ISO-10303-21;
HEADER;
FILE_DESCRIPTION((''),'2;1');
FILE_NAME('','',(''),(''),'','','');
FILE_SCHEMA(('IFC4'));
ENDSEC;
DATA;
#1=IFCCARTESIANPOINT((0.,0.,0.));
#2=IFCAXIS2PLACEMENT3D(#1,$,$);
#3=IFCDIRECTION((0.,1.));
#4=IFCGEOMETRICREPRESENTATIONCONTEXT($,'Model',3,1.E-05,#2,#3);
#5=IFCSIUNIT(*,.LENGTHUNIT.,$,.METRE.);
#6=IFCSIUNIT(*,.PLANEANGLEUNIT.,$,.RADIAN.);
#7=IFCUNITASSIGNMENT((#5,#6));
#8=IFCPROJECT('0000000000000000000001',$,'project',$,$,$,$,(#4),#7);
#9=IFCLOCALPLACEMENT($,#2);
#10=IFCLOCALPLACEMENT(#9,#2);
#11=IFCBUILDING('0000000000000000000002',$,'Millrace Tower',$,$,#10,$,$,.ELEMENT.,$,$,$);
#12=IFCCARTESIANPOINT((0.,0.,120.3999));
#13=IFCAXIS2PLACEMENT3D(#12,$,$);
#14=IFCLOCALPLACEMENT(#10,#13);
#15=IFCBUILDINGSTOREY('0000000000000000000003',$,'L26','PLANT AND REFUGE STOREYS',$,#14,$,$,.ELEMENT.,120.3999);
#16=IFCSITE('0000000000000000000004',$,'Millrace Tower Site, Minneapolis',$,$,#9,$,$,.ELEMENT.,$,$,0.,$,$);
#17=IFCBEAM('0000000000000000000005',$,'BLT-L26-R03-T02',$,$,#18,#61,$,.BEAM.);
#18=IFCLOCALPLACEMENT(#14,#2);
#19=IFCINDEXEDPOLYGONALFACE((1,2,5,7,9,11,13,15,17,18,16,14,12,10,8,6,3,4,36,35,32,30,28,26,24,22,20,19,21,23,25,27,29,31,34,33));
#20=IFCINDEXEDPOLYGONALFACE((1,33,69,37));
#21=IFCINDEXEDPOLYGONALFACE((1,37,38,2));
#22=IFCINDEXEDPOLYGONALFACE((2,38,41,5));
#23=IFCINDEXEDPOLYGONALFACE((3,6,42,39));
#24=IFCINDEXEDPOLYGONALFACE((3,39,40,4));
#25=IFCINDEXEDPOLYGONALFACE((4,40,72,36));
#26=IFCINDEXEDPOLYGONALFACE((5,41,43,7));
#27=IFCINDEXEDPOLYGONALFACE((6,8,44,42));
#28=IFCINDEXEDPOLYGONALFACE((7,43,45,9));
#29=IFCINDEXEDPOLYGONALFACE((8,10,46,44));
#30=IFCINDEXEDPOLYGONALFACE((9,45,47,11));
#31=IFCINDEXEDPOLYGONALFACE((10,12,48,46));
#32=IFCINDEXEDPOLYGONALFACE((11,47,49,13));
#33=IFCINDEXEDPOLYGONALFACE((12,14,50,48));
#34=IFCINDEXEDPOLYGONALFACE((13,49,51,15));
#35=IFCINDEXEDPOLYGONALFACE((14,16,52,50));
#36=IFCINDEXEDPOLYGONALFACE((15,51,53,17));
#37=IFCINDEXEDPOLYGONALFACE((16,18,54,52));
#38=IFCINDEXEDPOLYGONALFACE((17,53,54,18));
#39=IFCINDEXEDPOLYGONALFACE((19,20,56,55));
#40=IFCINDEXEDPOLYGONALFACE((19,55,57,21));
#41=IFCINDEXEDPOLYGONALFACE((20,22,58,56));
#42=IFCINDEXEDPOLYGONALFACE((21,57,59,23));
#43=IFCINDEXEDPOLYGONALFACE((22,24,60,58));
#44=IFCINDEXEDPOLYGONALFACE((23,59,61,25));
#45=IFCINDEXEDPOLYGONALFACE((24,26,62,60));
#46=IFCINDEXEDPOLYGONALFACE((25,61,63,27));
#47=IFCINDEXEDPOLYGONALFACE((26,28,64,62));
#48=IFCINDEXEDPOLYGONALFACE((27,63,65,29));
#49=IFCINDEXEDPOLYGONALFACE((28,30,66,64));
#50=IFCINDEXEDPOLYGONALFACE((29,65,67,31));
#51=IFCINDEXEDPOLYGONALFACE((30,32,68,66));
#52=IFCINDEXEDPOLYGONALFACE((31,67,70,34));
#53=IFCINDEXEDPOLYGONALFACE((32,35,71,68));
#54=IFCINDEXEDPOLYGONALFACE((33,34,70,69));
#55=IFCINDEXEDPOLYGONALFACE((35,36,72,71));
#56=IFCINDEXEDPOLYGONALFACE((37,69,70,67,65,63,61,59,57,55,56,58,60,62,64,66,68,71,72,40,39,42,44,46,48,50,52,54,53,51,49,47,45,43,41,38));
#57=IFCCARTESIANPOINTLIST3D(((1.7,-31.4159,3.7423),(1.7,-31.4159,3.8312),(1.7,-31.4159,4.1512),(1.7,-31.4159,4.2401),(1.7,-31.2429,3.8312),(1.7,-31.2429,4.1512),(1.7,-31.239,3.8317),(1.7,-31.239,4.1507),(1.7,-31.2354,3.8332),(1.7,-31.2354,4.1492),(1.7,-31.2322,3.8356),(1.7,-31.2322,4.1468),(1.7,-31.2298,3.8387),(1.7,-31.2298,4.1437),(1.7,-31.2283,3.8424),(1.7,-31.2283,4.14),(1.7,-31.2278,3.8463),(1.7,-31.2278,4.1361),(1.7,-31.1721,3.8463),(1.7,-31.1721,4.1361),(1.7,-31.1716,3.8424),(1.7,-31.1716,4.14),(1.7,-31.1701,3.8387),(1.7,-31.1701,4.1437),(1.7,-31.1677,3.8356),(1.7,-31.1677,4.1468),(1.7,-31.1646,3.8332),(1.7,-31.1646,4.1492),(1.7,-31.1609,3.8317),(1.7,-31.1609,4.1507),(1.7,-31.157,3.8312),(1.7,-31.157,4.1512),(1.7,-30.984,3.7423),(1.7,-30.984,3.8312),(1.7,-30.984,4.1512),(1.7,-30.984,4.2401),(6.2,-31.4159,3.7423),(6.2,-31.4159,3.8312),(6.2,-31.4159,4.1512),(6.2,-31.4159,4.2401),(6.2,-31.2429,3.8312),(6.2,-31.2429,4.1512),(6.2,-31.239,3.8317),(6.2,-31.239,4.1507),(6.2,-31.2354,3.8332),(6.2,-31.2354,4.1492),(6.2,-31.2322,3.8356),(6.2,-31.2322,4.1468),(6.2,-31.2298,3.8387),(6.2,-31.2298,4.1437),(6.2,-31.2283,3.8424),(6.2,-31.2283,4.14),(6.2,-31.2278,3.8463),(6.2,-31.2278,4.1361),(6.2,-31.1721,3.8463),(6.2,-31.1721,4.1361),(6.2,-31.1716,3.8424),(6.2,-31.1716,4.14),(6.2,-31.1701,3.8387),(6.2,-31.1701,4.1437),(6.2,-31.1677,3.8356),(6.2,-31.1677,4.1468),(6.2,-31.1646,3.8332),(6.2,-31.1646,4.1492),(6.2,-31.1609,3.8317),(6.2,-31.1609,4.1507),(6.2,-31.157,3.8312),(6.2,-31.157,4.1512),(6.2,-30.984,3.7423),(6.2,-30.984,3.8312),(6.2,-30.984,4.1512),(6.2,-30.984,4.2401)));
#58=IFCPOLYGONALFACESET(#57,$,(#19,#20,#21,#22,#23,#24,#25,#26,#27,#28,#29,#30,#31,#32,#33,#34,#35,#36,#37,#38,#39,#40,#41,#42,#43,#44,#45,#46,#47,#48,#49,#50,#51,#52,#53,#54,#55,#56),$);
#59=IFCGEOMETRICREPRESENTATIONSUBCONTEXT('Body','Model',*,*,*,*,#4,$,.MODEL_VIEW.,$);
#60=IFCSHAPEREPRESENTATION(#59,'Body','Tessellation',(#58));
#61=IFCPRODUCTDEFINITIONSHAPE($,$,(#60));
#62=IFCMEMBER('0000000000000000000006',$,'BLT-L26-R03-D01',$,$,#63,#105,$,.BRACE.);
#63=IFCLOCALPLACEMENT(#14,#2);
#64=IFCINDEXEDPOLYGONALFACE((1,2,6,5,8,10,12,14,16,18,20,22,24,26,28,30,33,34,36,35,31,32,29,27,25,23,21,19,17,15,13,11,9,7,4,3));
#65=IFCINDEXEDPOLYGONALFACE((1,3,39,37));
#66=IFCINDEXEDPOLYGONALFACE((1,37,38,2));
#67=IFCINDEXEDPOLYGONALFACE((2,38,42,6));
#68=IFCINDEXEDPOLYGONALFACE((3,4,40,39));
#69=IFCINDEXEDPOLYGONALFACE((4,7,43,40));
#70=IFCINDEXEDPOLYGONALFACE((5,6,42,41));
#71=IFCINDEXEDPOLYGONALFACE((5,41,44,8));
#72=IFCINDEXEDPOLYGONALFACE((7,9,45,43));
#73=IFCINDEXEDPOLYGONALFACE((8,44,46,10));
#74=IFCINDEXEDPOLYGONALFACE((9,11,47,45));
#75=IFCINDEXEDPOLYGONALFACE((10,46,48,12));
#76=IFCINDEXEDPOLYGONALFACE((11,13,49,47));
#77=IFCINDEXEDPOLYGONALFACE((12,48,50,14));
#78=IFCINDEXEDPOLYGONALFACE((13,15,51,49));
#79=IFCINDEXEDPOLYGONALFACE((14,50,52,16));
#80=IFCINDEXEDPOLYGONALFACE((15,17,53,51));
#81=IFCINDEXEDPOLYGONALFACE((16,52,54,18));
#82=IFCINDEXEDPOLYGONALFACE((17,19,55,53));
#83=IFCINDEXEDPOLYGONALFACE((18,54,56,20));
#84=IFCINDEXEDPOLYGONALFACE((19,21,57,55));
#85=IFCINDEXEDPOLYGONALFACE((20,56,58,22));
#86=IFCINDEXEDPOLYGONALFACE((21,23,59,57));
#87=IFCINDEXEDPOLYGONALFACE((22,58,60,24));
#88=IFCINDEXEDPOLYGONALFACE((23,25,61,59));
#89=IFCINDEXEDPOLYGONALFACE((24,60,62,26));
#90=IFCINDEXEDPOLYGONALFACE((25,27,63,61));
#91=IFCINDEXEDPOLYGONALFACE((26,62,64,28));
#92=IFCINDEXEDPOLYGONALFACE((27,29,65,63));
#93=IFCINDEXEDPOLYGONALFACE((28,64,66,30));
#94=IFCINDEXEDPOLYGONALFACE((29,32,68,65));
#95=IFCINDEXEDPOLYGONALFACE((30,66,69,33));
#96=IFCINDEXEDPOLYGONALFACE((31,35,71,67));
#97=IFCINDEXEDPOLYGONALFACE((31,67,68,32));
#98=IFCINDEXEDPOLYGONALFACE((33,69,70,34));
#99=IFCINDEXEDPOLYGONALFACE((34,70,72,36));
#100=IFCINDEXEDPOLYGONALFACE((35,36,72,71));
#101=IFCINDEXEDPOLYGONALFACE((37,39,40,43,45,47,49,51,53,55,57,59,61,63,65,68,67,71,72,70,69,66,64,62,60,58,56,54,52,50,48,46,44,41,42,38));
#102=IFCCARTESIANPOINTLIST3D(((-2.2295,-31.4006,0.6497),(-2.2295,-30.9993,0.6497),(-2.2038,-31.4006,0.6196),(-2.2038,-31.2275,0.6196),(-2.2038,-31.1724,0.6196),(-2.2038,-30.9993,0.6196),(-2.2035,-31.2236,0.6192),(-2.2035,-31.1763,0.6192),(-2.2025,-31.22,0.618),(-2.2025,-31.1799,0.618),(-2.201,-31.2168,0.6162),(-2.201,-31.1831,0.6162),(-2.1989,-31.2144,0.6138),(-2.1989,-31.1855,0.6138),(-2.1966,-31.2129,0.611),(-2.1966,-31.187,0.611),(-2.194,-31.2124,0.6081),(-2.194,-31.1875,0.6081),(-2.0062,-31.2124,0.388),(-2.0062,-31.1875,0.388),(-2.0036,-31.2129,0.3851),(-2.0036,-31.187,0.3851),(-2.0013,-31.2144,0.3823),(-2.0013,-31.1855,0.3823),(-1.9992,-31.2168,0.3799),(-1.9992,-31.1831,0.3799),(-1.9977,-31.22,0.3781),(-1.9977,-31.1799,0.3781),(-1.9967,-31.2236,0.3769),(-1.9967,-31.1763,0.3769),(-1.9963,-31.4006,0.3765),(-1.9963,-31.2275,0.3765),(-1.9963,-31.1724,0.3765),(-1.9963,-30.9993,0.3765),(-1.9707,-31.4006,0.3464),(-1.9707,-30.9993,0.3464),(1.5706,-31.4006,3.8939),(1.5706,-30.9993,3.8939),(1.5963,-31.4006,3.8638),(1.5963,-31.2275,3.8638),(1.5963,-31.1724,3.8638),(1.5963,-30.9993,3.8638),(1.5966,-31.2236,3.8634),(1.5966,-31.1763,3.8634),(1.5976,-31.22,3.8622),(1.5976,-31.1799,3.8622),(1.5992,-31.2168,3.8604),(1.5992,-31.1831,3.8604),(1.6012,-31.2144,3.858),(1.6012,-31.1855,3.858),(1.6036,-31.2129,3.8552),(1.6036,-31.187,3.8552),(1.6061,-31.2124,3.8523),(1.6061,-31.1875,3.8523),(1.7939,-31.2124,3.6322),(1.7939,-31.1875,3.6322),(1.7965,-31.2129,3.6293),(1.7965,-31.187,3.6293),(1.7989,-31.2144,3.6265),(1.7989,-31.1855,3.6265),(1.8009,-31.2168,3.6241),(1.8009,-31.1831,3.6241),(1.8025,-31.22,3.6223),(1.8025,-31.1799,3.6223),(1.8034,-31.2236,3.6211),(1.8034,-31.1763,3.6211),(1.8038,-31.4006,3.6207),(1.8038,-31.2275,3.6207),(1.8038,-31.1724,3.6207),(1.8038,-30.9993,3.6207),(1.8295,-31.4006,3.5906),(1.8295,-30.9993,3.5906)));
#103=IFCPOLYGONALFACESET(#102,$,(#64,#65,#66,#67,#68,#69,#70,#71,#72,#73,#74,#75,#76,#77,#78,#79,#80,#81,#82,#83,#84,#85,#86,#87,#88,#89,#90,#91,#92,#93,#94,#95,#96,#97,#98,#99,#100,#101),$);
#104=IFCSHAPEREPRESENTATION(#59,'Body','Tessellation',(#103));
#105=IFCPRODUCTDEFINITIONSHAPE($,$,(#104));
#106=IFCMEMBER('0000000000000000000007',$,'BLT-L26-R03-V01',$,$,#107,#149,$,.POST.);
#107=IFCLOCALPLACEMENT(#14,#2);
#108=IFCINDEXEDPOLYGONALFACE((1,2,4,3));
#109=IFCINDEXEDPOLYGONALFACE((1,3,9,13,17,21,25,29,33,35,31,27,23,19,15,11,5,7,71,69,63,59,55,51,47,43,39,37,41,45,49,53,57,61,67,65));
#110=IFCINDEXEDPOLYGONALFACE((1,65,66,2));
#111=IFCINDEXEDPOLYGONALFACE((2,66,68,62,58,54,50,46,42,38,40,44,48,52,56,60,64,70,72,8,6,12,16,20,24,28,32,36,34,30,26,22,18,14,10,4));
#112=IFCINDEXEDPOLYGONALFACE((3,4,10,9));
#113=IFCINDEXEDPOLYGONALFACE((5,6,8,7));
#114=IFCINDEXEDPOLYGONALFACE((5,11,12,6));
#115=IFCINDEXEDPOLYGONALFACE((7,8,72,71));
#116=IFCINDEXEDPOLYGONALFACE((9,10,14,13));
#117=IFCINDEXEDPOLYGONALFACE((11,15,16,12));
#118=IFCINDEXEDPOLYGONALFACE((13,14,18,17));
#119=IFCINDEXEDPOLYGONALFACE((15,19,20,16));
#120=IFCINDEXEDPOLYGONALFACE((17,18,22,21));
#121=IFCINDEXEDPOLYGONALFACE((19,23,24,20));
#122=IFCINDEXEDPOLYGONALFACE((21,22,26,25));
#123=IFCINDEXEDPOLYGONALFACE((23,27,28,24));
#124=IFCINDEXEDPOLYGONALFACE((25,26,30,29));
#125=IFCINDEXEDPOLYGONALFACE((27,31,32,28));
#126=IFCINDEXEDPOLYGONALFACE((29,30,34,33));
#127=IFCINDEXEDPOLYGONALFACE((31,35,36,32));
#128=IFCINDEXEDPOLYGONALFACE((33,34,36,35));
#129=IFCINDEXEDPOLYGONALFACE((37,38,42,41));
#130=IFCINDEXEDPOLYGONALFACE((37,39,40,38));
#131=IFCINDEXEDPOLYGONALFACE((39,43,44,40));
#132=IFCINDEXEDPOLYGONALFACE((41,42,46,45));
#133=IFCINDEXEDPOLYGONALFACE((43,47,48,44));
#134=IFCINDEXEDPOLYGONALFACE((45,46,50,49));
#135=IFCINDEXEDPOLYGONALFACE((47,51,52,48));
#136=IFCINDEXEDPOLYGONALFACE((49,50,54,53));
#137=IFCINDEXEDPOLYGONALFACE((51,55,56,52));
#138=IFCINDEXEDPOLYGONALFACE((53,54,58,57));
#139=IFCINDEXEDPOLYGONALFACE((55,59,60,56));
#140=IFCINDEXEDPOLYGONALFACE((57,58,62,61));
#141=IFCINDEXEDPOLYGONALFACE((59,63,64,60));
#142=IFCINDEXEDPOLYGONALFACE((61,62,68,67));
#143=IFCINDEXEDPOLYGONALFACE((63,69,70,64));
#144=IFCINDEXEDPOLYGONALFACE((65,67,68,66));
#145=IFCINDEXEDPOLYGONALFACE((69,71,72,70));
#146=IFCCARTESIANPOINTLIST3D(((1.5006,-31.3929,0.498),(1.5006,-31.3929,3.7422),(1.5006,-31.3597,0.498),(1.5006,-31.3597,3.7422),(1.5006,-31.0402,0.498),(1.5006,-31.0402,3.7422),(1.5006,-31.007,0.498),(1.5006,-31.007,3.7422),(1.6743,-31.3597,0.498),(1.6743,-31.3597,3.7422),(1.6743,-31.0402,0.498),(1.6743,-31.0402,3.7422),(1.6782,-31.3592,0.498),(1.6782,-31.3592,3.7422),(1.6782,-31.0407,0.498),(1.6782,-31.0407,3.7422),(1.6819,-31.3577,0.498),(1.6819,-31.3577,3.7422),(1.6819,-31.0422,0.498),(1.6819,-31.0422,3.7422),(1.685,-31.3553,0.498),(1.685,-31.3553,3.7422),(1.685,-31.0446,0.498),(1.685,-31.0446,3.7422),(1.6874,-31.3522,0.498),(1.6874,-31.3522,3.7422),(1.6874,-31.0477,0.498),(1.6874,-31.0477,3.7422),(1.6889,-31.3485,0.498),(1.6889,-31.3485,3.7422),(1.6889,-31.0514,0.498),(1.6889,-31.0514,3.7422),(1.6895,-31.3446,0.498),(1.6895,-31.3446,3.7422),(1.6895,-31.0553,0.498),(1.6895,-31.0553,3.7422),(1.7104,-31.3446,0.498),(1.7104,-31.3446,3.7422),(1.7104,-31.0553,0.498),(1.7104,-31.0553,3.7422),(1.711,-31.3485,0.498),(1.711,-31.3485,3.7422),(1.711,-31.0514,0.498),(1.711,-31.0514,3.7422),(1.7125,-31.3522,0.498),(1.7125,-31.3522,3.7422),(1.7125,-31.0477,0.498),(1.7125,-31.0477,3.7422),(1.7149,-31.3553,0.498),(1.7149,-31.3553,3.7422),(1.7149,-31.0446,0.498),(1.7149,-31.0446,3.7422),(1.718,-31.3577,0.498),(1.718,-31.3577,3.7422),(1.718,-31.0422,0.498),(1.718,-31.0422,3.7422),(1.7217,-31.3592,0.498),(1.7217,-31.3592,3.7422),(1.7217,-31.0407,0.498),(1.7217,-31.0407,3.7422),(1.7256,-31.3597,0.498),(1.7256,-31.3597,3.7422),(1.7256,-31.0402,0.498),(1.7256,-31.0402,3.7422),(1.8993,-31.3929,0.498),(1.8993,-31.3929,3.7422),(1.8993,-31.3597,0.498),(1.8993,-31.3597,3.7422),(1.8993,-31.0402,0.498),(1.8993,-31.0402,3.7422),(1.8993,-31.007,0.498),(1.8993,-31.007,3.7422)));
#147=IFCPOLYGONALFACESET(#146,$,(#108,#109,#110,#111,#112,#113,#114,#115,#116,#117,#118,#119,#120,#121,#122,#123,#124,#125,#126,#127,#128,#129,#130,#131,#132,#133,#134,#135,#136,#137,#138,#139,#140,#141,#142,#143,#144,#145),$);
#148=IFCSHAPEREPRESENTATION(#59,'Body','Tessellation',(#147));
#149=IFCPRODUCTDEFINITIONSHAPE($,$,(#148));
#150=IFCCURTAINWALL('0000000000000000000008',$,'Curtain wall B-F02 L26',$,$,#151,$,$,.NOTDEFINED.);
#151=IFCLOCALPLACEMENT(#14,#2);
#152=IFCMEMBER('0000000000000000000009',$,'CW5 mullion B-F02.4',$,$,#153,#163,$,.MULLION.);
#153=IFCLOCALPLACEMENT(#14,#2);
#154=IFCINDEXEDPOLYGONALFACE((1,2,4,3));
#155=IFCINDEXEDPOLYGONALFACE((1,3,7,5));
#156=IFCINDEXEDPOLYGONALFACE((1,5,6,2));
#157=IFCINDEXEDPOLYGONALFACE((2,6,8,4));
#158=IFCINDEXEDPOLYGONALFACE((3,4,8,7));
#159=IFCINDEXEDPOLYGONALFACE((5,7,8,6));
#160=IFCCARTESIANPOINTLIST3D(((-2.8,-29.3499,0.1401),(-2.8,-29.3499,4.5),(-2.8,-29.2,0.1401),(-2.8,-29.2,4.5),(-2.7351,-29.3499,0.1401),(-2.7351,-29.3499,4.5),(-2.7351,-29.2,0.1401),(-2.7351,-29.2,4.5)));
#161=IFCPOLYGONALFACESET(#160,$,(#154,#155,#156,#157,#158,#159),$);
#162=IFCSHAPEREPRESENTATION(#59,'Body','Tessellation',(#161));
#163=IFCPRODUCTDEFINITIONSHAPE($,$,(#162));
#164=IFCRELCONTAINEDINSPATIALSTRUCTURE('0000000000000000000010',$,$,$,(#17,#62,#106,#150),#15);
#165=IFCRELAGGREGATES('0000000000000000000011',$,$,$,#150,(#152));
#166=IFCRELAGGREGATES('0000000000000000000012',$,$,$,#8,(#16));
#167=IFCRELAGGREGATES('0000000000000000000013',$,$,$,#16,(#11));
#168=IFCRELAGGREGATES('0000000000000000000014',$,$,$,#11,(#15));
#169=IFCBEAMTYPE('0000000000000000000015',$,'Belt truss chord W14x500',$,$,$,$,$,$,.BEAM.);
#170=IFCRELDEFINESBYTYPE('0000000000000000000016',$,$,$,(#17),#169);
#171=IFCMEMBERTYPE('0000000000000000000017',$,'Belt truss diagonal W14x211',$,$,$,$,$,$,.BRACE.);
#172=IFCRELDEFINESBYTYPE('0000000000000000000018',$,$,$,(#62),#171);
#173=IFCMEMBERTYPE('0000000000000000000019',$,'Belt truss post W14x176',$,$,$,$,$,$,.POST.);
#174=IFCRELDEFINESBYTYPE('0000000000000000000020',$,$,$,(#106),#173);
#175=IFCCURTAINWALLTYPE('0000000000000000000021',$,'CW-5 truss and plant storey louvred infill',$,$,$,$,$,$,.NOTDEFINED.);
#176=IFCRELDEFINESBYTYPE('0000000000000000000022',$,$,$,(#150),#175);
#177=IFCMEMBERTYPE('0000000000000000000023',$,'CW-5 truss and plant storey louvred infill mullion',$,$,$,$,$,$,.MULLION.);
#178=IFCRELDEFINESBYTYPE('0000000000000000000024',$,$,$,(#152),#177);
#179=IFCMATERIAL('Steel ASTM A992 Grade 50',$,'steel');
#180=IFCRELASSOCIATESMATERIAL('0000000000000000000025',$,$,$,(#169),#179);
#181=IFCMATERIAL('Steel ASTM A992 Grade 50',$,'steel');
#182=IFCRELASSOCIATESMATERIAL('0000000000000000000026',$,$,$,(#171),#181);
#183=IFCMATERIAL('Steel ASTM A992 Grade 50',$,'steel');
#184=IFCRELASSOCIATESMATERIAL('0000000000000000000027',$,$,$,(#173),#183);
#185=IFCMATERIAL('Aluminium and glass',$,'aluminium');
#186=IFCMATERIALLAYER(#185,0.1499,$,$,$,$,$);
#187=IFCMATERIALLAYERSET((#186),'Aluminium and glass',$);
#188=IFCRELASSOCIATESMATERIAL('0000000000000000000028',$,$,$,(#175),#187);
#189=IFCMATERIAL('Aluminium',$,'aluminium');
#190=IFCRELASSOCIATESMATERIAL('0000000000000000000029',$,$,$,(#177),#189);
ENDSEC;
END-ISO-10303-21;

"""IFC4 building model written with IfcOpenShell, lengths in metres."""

from ifc_helpers import new_model, si_unit, direction, frame, origin, origin_2d, place, context, subcontext, project, spatial, rectangle, i_section, extrude, material, layer, layer_set, material_profile, profile_set, type_object, element, aggregate, save


model = new_model("IFC4")

# Units and contexts
model_context = context("Model", 3, precision=1e-05, world=origin(), true_north=direction((0.0, 1.0)))
body_context = subcontext(model_context, "Body", "Model", "MODEL_VIEW")
ifc_project = project(units=[si_unit("LENGTHUNIT", "METRE"), si_unit("PLANEANGLEUNIT", "RADIAN")], contexts=[model_context])

# Site, building, storey
site_placement = place(None, origin())
site = spatial("IfcSite", under=ifc_project, at=site_placement, Name="Millrace Tower Site, Minneapolis", CompositionType="ELEMENT", RefElevation=0.0)
building_placement = place(site_placement, origin())
building = spatial("IfcBuilding", under=site, at=building_placement, Name="Millrace Tower", CompositionType="ELEMENT")
storey_placement = place(building_placement, frame((0.0, 0.0, 120.3999)))
storey = spatial("IfcBuildingStorey", under=building, at=storey_placement, Name="L26", Description="PLANT AND REFUGE STOREYS", CompositionType="ELEMENT", Elevation=120.3999)

# Beam
ifc_material_1 = material(Name="Steel ASTM A992 Grade 50", Category="steel")
ifc_material_profile_1 = material_profile(ifc_material_1, i_section(OverallWidth=0.4319, OverallDepth=0.4978, WebThickness=0.0557, FlangeThickness=0.0889, FilletRadius=0.0151, at=origin_2d()))
ifc_profile_set_1 = profile_set([ifc_material_profile_1], Name="Steel ASTM A992 Grade 50")
beam_type_1 = type_object("IfcBeamType", Name="Belt truss chord W14x500", PredefinedType="BEAM", material=ifc_profile_set_1)
for number, where, z_axis, x_axis, name in (
    (1, (1.7, -31.2, 3.9912), (1.0, 0.0, 0.0), (0.0, 1.0, 0.0), "BLT-L26-R03-T02"),
):
    element("IfcBeam", number, at=place(storey_placement, frame(where, z_axis=z_axis, x_axis=x_axis)), inside=storey, type_object=beam_type_1, Name=name, PredefinedType="BEAM", context=body_context, shape_type="SweptSolid", body=[
        extrude(i_section(OverallWidth=0.4319, OverallDepth=0.4978, WebThickness=0.0557, FlangeThickness=0.0889, FilletRadius=0.0151, at=origin_2d()), origin(), (0.0, 0.0, 1.0), 4.5),
    ])

# Members
ifc_material_2 = material(Name="Steel ASTM A992 Grade 50", Category="steel")
ifc_material_profile_2 = material_profile(ifc_material_2, i_section(OverallWidth=0.4014, OverallDepth=0.3987, WebThickness=0.0249, FlangeThickness=0.0396, FilletRadius=0.0151, at=origin_2d()))
ifc_profile_set_2 = profile_set([ifc_material_profile_2], Name="Steel ASTM A992 Grade 50")
member_type_1 = type_object("IfcMemberType", Name="Belt truss diagonal W14x211", PredefinedType="BRACE", material=ifc_profile_set_2)
member_1_placement = place(storey_placement, frame((-2.1001, -31.2, 0.498), z_axis=(0.760545, 0.0, 0.649285), x_axis=(0.0, 1.0, 0.0)))
element("IfcMember", 2, at=member_1_placement, inside=storey, type_object=member_type_1, Name="BLT-L26-R03-D01", PredefinedType="BRACE", context=body_context, shape_type="SweptSolid", body=[
    extrude(i_section(OverallWidth=0.4014, OverallDepth=0.3987, WebThickness=0.0249, FlangeThickness=0.0396, FilletRadius=0.0151, at=origin_2d()), origin(), (0.0, 0.0, 1.0), 4.9966),
])
ifc_material_3 = material(Name="Steel ASTM A992 Grade 50", Category="steel")
ifc_material_profile_3 = material_profile(ifc_material_3, i_section(OverallWidth=0.3987, OverallDepth=0.386, WebThickness=0.021, FlangeThickness=0.0332, FilletRadius=0.0151, at=origin_2d()))
ifc_profile_set_3 = profile_set([ifc_material_profile_3], Name="Steel ASTM A992 Grade 50")
member_type_2 = type_object("IfcMemberType", Name="Belt truss post W14x176", PredefinedType="POST", material=ifc_profile_set_3)
member_2_placement = place(storey_placement, frame((1.7, -31.2, 0.498), z_axis=(0.0, 0.0, 1.0), x_axis=(1.0, 0.0, 0.0)))
element("IfcMember", 3, at=member_2_placement, inside=storey, type_object=member_type_2, Name="BLT-L26-R03-V01", PredefinedType="POST", context=body_context, shape_type="SweptSolid", body=[
    extrude(i_section(OverallWidth=0.3987, OverallDepth=0.386, WebThickness=0.021, FlangeThickness=0.0332, FilletRadius=0.0151, at=origin_2d()), origin(), (0.0, 0.0, 1.0), 3.2441),
])

# Curtain wall, member
ifc_material_4 = material(Name="Aluminium and glass", Category="aluminium")
ifc_layer_1 = layer(ifc_material_4, 0.1499)
ifc_layer_set_1 = layer_set([ifc_layer_1], Name="Aluminium and glass")
curtain_wall_type = type_object("IfcCurtainWallType", Name="CW-5 truss and plant storey louvred infill", PredefinedType="NOTDEFINED", material=ifc_layer_set_1)
curtain_wall_placement = place(storey_placement, origin())
curtain_wall = element("IfcCurtainWall", 4, at=curtain_wall_placement, inside=storey, type_object=curtain_wall_type, Name="Curtain wall B-F02 L26", PredefinedType="NOTDEFINED")
ifc_material_5 = material(Name="Aluminium", Category="aluminium")
ifc_material_profile_4 = material_profile(ifc_material_5, rectangle(XDim=0.0649, YDim=0.1499, at=origin_2d()))
ifc_profile_set_4 = profile_set([ifc_material_profile_4], Name="Aluminium")
member_type_3 = type_object("IfcMemberType", Name="CW-5 truss and plant storey louvred infill mullion", PredefinedType="MULLION", material=ifc_profile_set_4)
member_3_placement = place(storey_placement, frame((-2.7676, -29.2749, 0.1401), z_axis=(0.0, 0.0, 1.0), x_axis=(1.0, 0.0, 0.0)))
member_3 = element("IfcMember", 5, at=member_3_placement, type_object=member_type_3, Name="CW5 mullion B-F02.4", PredefinedType="MULLION", context=body_context, shape_type="SweptSolid", body=[
    extrude(rectangle(XDim=0.0649, YDim=0.1499, at=origin_2d()), origin(), (0.0, 0.0, 1.0), 4.3599),
])
aggregate(curtain_wall, [member_3])

save(model, "model.ifc")
